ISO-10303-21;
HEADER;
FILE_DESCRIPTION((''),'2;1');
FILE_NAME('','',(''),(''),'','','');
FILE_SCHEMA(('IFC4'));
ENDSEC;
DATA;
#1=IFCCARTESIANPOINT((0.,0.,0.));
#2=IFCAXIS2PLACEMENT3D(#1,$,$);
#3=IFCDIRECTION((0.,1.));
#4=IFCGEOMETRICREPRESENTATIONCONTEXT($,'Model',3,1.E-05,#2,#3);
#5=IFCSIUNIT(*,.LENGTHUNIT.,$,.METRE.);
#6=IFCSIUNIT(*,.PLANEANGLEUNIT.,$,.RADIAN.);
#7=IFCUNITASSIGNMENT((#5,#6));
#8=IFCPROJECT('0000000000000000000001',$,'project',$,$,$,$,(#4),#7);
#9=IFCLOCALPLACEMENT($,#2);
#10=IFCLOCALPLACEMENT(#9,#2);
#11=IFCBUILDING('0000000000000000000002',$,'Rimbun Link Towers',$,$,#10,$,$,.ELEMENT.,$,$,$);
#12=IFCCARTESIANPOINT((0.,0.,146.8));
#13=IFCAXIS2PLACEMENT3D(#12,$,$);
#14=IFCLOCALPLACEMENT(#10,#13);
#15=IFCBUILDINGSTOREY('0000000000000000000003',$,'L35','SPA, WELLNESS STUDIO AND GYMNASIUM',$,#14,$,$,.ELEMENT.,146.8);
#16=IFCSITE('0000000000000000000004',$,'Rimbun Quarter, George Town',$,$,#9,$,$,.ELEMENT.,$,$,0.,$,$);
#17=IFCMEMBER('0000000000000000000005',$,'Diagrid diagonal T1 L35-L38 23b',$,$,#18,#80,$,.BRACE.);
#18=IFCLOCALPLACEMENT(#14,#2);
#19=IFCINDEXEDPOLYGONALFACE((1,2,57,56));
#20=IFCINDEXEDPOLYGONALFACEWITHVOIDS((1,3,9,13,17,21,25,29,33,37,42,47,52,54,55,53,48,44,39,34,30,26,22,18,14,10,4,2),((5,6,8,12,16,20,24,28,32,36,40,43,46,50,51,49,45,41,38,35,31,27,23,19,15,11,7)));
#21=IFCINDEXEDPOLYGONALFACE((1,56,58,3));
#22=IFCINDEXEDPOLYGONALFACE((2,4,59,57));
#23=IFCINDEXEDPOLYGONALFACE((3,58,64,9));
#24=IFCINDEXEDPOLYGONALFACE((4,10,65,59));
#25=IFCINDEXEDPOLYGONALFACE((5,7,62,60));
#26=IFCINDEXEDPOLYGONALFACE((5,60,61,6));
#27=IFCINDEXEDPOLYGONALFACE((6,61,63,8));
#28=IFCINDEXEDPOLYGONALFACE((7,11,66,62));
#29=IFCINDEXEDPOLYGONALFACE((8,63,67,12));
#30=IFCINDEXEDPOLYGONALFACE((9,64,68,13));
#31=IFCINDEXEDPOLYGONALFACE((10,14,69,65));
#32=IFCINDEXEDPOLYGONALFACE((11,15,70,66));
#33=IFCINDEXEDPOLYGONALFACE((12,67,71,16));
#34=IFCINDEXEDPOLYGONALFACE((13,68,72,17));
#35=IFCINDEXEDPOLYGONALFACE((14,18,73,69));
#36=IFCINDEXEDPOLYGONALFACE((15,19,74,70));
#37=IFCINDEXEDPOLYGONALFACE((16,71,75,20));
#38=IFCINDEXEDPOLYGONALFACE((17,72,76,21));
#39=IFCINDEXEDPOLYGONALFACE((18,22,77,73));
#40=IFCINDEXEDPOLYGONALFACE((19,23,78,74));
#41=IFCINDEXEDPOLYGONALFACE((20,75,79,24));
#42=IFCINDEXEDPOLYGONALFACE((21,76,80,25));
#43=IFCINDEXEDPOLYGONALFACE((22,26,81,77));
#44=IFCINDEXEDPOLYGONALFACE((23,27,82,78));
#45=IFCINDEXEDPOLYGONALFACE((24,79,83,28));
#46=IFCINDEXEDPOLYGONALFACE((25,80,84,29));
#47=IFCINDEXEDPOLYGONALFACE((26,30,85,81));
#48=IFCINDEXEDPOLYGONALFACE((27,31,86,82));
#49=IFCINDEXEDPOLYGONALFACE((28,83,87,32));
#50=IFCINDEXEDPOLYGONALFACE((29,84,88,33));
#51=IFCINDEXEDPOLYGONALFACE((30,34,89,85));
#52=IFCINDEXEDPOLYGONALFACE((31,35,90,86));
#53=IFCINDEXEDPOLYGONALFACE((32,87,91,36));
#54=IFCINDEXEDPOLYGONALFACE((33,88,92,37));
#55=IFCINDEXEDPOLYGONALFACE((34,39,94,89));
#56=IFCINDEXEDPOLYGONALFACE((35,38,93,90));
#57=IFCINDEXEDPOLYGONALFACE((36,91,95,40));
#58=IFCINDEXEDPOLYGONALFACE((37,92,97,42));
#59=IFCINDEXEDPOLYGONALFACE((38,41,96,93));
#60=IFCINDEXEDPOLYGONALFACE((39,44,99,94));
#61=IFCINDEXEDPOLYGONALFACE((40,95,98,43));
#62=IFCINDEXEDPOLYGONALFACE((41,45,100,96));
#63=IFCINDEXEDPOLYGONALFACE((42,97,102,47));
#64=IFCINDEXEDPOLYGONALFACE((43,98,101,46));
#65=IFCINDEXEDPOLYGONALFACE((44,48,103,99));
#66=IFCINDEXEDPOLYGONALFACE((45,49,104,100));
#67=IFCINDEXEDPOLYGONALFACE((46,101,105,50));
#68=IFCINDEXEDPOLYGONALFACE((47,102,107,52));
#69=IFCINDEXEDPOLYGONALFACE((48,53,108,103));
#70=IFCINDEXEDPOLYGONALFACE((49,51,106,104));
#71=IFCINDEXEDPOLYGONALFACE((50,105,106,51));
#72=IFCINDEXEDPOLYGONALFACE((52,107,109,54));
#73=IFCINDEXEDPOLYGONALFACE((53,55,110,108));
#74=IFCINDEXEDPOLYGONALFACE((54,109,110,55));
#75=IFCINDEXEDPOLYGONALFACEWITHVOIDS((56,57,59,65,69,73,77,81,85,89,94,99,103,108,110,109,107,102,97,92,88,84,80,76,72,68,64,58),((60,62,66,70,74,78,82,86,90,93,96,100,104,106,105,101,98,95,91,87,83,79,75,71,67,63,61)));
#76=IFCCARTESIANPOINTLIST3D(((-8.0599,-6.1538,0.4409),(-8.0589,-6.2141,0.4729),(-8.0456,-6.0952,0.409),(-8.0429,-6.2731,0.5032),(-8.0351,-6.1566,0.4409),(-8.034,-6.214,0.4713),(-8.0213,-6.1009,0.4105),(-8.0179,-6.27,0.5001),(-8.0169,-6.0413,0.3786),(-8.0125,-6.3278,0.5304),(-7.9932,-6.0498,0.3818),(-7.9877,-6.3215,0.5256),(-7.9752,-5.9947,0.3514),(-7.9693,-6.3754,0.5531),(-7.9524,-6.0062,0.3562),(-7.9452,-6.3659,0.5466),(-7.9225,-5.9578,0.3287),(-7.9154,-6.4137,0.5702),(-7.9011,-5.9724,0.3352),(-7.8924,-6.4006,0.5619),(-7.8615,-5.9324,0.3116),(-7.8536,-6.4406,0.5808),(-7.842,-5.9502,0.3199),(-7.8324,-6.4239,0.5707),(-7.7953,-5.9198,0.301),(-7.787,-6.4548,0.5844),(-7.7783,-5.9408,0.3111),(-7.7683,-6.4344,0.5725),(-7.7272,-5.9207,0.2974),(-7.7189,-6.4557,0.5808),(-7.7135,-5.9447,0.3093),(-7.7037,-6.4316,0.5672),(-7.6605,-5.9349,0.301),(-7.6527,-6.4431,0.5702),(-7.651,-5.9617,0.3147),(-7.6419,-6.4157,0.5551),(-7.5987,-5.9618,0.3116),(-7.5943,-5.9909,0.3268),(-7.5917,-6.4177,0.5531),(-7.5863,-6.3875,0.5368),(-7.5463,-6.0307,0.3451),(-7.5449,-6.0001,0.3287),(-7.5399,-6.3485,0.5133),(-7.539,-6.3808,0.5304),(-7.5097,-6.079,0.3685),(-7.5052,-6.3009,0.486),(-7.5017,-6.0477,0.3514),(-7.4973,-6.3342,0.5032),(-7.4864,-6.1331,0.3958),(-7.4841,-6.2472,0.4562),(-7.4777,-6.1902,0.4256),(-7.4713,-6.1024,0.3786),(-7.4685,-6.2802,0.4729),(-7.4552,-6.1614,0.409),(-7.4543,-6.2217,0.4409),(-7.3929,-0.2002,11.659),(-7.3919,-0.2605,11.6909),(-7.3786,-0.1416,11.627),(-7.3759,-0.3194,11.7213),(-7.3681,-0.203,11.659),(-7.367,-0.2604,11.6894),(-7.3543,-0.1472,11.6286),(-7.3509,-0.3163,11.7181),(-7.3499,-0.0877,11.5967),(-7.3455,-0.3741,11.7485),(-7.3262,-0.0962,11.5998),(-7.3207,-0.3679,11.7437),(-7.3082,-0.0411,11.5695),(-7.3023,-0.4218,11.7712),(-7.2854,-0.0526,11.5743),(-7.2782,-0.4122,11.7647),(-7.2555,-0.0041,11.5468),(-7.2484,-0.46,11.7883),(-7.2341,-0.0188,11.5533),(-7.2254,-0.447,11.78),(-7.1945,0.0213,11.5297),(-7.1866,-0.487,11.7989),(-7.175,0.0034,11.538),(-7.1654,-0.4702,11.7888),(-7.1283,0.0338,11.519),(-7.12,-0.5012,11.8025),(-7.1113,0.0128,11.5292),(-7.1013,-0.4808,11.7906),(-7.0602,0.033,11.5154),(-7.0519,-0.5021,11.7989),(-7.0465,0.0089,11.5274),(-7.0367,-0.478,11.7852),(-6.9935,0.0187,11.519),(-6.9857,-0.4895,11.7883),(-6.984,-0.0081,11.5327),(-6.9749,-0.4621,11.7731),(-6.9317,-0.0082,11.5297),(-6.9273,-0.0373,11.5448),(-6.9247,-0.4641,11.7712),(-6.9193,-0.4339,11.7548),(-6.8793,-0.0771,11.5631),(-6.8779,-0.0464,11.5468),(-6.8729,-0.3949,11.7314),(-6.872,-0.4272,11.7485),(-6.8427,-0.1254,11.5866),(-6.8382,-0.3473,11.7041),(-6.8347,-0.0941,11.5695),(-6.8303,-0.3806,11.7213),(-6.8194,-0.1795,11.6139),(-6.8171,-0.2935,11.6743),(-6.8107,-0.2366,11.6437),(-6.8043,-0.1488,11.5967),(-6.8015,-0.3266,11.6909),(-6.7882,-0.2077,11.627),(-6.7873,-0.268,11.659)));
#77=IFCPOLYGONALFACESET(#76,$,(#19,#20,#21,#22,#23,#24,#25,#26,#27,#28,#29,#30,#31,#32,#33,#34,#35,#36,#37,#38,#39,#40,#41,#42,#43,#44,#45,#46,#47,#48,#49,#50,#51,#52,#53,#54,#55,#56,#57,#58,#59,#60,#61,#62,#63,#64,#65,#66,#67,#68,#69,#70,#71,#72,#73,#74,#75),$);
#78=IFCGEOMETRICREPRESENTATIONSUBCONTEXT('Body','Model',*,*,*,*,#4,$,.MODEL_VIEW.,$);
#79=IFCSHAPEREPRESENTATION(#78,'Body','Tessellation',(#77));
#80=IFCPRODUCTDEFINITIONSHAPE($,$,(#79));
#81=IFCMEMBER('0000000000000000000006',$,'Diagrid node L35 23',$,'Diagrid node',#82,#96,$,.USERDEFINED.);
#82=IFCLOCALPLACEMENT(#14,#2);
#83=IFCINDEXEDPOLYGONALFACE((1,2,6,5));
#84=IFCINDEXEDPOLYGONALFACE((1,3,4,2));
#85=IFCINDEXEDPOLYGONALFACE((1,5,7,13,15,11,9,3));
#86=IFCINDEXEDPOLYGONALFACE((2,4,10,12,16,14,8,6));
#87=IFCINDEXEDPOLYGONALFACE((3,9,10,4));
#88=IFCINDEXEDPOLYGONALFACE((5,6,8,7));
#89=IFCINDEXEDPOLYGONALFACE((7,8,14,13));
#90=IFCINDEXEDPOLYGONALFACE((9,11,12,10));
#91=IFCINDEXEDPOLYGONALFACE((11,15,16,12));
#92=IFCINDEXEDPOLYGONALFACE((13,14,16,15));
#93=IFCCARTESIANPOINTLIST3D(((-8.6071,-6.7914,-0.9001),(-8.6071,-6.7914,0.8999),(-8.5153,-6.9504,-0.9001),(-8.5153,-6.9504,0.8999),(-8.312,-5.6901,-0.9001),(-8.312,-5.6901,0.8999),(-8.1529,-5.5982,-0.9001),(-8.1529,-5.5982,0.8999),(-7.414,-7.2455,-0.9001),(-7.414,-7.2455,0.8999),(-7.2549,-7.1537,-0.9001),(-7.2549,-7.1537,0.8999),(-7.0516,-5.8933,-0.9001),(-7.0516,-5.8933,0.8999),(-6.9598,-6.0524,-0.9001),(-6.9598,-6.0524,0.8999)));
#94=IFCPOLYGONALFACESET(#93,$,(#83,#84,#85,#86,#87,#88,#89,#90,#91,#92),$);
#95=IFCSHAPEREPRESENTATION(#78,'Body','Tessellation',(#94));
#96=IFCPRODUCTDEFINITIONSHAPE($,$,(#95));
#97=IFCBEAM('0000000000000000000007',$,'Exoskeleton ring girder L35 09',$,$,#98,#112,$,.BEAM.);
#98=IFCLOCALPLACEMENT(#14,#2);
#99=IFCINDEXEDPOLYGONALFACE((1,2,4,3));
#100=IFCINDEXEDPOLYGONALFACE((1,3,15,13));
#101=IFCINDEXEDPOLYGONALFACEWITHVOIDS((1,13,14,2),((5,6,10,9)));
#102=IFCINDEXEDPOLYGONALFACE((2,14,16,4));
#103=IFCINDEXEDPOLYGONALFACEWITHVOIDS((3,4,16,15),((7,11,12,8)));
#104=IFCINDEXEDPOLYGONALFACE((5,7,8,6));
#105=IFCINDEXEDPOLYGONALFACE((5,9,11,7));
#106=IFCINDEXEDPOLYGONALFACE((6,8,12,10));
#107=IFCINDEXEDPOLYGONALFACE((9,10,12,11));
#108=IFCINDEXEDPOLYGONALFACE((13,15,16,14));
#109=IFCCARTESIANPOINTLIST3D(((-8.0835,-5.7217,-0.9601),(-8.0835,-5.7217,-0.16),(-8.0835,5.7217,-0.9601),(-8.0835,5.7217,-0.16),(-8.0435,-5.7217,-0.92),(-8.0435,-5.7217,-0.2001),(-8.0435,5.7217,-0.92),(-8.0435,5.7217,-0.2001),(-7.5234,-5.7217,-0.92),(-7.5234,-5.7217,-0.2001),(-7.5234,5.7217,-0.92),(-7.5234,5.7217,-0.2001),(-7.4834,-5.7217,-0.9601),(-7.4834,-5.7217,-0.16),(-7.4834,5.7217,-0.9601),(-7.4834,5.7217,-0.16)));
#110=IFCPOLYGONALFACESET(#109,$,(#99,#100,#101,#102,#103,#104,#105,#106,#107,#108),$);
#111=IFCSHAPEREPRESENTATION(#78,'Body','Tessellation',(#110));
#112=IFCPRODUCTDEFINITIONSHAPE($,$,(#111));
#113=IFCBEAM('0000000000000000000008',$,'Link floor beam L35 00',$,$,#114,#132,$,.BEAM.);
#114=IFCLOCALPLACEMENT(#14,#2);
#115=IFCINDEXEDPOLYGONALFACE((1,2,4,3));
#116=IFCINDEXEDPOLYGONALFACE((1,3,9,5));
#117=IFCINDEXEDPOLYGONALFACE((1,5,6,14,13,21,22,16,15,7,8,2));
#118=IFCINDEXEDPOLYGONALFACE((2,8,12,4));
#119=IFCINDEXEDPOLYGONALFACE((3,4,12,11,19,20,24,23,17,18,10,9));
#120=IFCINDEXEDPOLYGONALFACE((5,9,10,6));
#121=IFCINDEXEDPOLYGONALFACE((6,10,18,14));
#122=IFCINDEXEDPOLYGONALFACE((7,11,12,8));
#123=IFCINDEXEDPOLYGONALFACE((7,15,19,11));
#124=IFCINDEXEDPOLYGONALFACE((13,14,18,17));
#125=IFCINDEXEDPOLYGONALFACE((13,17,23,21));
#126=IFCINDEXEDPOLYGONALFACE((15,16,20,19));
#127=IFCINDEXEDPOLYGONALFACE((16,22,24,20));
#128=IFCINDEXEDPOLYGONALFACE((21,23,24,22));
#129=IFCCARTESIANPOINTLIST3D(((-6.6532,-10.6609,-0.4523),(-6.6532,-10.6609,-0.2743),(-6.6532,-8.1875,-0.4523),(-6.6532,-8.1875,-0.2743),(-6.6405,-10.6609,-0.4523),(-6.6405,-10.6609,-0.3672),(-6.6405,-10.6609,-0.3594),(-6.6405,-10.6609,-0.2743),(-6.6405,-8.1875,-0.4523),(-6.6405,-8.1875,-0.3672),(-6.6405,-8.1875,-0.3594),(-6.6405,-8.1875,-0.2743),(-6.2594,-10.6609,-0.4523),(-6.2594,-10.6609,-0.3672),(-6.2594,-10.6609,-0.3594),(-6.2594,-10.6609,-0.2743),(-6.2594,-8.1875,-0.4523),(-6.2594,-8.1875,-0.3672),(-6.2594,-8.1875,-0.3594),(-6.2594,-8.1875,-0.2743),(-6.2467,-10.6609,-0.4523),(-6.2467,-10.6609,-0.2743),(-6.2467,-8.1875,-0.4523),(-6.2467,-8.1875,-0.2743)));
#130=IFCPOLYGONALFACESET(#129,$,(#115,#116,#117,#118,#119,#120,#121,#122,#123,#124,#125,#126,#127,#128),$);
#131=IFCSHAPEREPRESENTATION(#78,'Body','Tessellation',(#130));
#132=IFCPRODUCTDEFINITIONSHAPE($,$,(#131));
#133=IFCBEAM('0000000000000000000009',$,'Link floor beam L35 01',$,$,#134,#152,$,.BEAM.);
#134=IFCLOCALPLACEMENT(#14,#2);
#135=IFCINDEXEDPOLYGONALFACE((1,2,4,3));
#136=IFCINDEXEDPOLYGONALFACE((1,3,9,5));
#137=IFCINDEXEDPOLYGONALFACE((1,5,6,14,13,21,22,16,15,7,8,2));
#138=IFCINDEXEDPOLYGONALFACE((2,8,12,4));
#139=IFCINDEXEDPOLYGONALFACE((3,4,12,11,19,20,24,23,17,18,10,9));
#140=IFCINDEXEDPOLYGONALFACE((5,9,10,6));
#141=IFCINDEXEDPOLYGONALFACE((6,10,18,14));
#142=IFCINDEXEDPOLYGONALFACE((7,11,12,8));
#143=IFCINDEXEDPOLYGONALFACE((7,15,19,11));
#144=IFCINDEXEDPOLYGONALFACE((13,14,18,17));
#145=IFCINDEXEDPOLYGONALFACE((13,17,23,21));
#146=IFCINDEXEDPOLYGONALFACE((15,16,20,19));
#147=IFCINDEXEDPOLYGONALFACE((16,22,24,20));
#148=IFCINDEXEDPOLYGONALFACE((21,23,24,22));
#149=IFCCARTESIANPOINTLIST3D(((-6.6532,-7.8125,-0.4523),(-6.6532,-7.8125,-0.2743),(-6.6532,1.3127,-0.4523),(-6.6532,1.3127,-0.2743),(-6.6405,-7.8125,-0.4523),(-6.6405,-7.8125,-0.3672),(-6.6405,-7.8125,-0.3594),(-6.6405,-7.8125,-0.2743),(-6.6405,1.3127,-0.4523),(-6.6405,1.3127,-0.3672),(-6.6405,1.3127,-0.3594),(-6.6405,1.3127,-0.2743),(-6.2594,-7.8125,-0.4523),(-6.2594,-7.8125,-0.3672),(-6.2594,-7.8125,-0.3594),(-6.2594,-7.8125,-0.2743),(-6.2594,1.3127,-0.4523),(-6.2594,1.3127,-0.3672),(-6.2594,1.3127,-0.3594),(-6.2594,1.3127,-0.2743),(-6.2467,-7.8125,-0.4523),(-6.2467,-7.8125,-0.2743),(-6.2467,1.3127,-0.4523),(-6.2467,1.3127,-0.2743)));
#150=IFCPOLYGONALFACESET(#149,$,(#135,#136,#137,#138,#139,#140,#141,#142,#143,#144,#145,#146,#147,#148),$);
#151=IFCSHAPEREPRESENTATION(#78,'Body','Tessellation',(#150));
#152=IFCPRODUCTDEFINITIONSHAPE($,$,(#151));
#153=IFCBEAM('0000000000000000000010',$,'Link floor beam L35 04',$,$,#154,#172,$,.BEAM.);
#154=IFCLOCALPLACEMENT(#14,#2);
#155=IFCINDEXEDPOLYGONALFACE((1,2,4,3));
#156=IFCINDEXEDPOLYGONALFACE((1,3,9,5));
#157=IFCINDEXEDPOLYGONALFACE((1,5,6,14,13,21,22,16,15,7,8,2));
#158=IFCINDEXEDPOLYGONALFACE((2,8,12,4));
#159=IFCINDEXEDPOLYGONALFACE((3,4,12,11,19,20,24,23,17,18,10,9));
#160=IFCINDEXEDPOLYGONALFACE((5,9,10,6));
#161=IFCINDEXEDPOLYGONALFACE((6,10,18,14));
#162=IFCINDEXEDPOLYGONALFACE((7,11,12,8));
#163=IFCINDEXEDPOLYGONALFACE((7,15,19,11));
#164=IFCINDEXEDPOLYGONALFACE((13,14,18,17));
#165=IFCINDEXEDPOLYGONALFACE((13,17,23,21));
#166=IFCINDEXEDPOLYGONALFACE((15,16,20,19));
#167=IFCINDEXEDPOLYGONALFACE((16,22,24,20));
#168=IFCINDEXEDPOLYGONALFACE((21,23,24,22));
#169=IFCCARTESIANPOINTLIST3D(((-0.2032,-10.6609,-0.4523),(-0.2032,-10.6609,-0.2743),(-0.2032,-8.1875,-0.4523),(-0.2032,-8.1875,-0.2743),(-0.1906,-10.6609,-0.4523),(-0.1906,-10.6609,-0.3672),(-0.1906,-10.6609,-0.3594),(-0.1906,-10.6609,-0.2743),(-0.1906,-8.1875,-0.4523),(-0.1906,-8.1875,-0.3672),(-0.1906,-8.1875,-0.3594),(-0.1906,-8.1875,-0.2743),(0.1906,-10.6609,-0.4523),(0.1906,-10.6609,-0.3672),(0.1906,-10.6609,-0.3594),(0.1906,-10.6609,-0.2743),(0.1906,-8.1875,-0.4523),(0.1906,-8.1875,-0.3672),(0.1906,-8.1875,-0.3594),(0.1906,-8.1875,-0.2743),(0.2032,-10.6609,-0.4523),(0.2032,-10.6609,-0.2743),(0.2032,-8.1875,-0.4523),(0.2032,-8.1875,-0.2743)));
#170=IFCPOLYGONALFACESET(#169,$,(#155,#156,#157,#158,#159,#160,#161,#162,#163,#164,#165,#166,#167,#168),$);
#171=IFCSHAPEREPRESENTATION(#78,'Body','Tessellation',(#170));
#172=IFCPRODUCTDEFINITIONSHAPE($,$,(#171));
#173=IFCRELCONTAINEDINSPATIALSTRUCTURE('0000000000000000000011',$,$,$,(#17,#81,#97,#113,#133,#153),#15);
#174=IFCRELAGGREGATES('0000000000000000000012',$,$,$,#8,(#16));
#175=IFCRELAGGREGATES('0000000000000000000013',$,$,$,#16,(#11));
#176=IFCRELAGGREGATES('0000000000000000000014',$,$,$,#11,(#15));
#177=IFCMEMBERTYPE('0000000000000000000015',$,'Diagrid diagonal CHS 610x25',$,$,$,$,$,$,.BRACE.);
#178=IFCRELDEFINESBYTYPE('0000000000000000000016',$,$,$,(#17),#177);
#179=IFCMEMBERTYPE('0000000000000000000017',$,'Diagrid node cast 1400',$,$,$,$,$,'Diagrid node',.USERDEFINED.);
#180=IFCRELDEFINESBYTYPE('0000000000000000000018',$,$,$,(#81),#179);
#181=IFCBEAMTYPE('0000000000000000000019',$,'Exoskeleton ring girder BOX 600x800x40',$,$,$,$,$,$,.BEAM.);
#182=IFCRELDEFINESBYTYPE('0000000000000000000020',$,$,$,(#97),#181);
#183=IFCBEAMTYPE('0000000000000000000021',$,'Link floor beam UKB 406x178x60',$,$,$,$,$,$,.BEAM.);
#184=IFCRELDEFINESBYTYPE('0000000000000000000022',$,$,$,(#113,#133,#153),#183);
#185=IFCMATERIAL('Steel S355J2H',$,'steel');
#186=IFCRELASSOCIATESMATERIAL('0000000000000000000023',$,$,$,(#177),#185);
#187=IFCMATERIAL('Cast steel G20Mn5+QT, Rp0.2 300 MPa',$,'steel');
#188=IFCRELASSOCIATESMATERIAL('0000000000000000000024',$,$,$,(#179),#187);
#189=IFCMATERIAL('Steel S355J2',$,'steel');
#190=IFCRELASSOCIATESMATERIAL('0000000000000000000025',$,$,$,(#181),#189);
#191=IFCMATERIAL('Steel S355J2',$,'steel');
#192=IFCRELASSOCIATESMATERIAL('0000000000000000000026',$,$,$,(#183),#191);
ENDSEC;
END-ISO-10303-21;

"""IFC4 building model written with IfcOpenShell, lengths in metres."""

from ifc_helpers import new_model, si_unit, direction, frame, origin, origin_2d, place, context, subcontext, project, spatial, polyline, hollow_rectangle, hollow_circle, i_section, outline, extrude, material, material_profile, profile_set, type_object, element, save


model = new_model("IFC4")

# Units and contexts
model_context = context("Model", 3, precision=1e-05, world=origin(), true_north=direction((0.0, 1.0)))
body_context = subcontext(model_context, "Body", "Model", "MODEL_VIEW")
ifc_project = project(units=[si_unit("LENGTHUNIT", "METRE"), si_unit("PLANEANGLEUNIT", "RADIAN")], contexts=[model_context])

# Site, building, storey
site_placement = place(None, origin())
site = spatial("IfcSite", under=ifc_project, at=site_placement, Name="Rimbun Quarter, George Town", CompositionType="ELEMENT", RefElevation=0.0)
building_placement = place(site_placement, origin())
building = spatial("IfcBuilding", under=site, at=building_placement, Name="Rimbun Link Towers", CompositionType="ELEMENT")
storey_placement = place(building_placement, frame((0.0, 0.0, 146.8)))
storey = spatial("IfcBuildingStorey", under=building, at=storey_placement, Name="L35", Description="SPA, WELLNESS STUDIO AND GYMNASIUM", CompositionType="ELEMENT", Elevation=146.8)

# Members
ifc_material_1 = material(Name="Steel S355J2H", Category="steel")
ifc_material_profile_1 = material_profile(ifc_material_1, hollow_circle(Radius=0.3047, WallThickness=0.0249, at=origin_2d()), Name="Diagrid diagonal CHS 610x25")
ifc_profile_set_1 = profile_set([ifc_material_profile_1], Name="Steel S355J2H")
member_type_1 = type_object("IfcMemberType", Name="Diagrid diagonal CHS 610x25", PredefinedType="BRACE", material=ifc_profile_set_1)
member_1_placement = place(storey_placement, frame((-7.7571, -6.1877, 0.4409), z_axis=(0.052447, 0.468144, 0.882094), x_axis=(-0.993783, 0.111335, 0.0)))
element("IfcMember", 1, at=member_1_placement, inside=storey, type_object=member_type_1, Name="Diagrid diagonal T1 L35-L38 23b", PredefinedType="BRACE", context=body_context, shape_type="SweptSolid", body=[
    extrude(hollow_circle(Radius=0.3047, WallThickness=0.0249, at=origin_2d()), origin(), (0.0, 0.0, 1.0), 12.7175),
])
ifc_material_2 = material(Name="Cast steel G20Mn5+QT, Rp0.2 300 MPa", Category="steel")
ifc_material_profile_2 = material_profile(ifc_material_2, outline(polyline([(0.7, -0.5701), (0.7, 0.5701), (0.5701, 0.7), (-0.5701, 0.7), (-0.7, 0.5701), (-0.7, -0.5701), (-0.5701, -0.7), (0.5701, -0.7), (0.7, -0.5701)])), Name="NODE 1400x1400")
ifc_profile_set_2 = profile_set([ifc_material_profile_2], Name="Cast steel G20Mn5+QT, Rp0.2 300 MPa")
member_type_2 = type_object("IfcMemberType", Name="Diagrid node cast 1400", ElementType="Diagrid node", PredefinedType="USERDEFINED", material=ifc_profile_set_2)
member_2_placement = place(storey_placement, frame((-7.7834, -6.4219, -0.9001), z_axis=(0.0, 0.0, 1.0), x_axis=(0.965926, -0.258819, 0.0)))
element("IfcMember", 2, at=member_2_placement, inside=storey, type_object=member_type_2, Name="Diagrid node L35 23", ObjectType="Diagrid node", PredefinedType="USERDEFINED", context=body_context, shape_type="SweptSolid", body=[
    extrude(outline(polyline([(0.7, -0.5701), (0.7, 0.5701), (0.5701, 0.7), (-0.5701, 0.7), (-0.7, 0.5701), (-0.7, -0.5701), (-0.5701, -0.7), (0.5701, -0.7), (0.7, -0.5701)])), origin(), (0.0, 0.0, 1.0), 1.8),
])

# Beams
ifc_material_3 = material(Name="Steel S355J2", Category="steel")
ifc_material_profile_3 = material_profile(ifc_material_3, hollow_rectangle(XDim=0.6001, YDim=0.8, WallThickness=0.04, at=origin_2d()), Name="Exoskeleton ring girder BOX 600x800x40")
ifc_profile_set_3 = profile_set([ifc_material_profile_3], Name="Steel S355J2")
beam_type_1 = type_object("IfcBeamType", Name="Exoskeleton ring girder BOX 600x800x40", PredefinedType="BEAM", material=ifc_profile_set_3)
beam_1_placement = place(storey_placement, frame((-7.7834, -5.7217, -0.5601), z_axis=(0.0, 1.0, 0.0), x_axis=(-1.0, 0.0, 0.0)))
element("IfcBeam", 3, at=beam_1_placement, inside=storey, type_object=beam_type_1, Name="Exoskeleton ring girder L35 09", PredefinedType="BEAM", context=body_context, shape_type="SweptSolid", body=[
    extrude(hollow_rectangle(XDim=0.6001, YDim=0.8, WallThickness=0.04, at=origin_2d()), origin(), (0.0, 0.0, 1.0), 11.4434),
])
ifc_material_4 = material(Name="Steel S355J2", Category="steel")
ifc_material_profile_4 = material_profile(ifc_material_4, i_section(OverallWidth=0.178, OverallDepth=0.4065, WebThickness=0.0078, FlangeThickness=0.0127, at=origin_2d()), Name="UKB 406x178x60")
ifc_profile_set_4 = profile_set([ifc_material_profile_4], Name="Steel S355J2")
beam_type_2 = type_object("IfcBeamType", Name="Link floor beam UKB 406x178x60", PredefinedType="BEAM", material=ifc_profile_set_4)
beam_2_placement = place(storey_placement, frame((-6.45, -10.6609, -0.3633), z_axis=(0.0, 1.0, 0.0), x_axis=(0.0, 0.0, 1.0)))
element("IfcBeam", 4, at=beam_2_placement, inside=storey, type_object=beam_type_2, Name="Link floor beam L35 00", PredefinedType="BEAM", context=body_context, shape_type="SweptSolid", body=[
    extrude(i_section(OverallWidth=0.178, OverallDepth=0.4065, WebThickness=0.0078, FlangeThickness=0.0127, at=origin_2d()), origin(), (0.0, 0.0, 1.0), 2.4734),
])
beam_3_placement = place(storey_placement, frame((-6.45, -7.8125, -0.3633), z_axis=(0.0, 1.0, 0.0), x_axis=(0.0, 0.0, 1.0)))
element("IfcBeam", 5, at=beam_3_placement, inside=storey, type_object=beam_type_2, Name="Link floor beam L35 01", PredefinedType="BEAM", context=body_context, shape_type="SweptSolid", body=[
    extrude(i_section(OverallWidth=0.178, OverallDepth=0.4065, WebThickness=0.0078, FlangeThickness=0.0127, at=origin_2d()), origin(), (0.0, 0.0, 1.0), 9.1252),
])
beam_4_placement = place(storey_placement, frame((0.0, -10.6609, -0.3633), z_axis=(0.0, 1.0, 0.0), x_axis=(0.0, 0.0, 1.0)))
element("IfcBeam", 6, at=beam_4_placement, inside=storey, type_object=beam_type_2, Name="Link floor beam L35 04", PredefinedType="BEAM", context=body_context, shape_type="SweptSolid", body=[
    extrude(i_section(OverallWidth=0.178, OverallDepth=0.4065, WebThickness=0.0078, FlangeThickness=0.0127, at=origin_2d()), origin(), (0.0, 0.0, 1.0), 2.4734),
])

save(model, "model.ifc")
